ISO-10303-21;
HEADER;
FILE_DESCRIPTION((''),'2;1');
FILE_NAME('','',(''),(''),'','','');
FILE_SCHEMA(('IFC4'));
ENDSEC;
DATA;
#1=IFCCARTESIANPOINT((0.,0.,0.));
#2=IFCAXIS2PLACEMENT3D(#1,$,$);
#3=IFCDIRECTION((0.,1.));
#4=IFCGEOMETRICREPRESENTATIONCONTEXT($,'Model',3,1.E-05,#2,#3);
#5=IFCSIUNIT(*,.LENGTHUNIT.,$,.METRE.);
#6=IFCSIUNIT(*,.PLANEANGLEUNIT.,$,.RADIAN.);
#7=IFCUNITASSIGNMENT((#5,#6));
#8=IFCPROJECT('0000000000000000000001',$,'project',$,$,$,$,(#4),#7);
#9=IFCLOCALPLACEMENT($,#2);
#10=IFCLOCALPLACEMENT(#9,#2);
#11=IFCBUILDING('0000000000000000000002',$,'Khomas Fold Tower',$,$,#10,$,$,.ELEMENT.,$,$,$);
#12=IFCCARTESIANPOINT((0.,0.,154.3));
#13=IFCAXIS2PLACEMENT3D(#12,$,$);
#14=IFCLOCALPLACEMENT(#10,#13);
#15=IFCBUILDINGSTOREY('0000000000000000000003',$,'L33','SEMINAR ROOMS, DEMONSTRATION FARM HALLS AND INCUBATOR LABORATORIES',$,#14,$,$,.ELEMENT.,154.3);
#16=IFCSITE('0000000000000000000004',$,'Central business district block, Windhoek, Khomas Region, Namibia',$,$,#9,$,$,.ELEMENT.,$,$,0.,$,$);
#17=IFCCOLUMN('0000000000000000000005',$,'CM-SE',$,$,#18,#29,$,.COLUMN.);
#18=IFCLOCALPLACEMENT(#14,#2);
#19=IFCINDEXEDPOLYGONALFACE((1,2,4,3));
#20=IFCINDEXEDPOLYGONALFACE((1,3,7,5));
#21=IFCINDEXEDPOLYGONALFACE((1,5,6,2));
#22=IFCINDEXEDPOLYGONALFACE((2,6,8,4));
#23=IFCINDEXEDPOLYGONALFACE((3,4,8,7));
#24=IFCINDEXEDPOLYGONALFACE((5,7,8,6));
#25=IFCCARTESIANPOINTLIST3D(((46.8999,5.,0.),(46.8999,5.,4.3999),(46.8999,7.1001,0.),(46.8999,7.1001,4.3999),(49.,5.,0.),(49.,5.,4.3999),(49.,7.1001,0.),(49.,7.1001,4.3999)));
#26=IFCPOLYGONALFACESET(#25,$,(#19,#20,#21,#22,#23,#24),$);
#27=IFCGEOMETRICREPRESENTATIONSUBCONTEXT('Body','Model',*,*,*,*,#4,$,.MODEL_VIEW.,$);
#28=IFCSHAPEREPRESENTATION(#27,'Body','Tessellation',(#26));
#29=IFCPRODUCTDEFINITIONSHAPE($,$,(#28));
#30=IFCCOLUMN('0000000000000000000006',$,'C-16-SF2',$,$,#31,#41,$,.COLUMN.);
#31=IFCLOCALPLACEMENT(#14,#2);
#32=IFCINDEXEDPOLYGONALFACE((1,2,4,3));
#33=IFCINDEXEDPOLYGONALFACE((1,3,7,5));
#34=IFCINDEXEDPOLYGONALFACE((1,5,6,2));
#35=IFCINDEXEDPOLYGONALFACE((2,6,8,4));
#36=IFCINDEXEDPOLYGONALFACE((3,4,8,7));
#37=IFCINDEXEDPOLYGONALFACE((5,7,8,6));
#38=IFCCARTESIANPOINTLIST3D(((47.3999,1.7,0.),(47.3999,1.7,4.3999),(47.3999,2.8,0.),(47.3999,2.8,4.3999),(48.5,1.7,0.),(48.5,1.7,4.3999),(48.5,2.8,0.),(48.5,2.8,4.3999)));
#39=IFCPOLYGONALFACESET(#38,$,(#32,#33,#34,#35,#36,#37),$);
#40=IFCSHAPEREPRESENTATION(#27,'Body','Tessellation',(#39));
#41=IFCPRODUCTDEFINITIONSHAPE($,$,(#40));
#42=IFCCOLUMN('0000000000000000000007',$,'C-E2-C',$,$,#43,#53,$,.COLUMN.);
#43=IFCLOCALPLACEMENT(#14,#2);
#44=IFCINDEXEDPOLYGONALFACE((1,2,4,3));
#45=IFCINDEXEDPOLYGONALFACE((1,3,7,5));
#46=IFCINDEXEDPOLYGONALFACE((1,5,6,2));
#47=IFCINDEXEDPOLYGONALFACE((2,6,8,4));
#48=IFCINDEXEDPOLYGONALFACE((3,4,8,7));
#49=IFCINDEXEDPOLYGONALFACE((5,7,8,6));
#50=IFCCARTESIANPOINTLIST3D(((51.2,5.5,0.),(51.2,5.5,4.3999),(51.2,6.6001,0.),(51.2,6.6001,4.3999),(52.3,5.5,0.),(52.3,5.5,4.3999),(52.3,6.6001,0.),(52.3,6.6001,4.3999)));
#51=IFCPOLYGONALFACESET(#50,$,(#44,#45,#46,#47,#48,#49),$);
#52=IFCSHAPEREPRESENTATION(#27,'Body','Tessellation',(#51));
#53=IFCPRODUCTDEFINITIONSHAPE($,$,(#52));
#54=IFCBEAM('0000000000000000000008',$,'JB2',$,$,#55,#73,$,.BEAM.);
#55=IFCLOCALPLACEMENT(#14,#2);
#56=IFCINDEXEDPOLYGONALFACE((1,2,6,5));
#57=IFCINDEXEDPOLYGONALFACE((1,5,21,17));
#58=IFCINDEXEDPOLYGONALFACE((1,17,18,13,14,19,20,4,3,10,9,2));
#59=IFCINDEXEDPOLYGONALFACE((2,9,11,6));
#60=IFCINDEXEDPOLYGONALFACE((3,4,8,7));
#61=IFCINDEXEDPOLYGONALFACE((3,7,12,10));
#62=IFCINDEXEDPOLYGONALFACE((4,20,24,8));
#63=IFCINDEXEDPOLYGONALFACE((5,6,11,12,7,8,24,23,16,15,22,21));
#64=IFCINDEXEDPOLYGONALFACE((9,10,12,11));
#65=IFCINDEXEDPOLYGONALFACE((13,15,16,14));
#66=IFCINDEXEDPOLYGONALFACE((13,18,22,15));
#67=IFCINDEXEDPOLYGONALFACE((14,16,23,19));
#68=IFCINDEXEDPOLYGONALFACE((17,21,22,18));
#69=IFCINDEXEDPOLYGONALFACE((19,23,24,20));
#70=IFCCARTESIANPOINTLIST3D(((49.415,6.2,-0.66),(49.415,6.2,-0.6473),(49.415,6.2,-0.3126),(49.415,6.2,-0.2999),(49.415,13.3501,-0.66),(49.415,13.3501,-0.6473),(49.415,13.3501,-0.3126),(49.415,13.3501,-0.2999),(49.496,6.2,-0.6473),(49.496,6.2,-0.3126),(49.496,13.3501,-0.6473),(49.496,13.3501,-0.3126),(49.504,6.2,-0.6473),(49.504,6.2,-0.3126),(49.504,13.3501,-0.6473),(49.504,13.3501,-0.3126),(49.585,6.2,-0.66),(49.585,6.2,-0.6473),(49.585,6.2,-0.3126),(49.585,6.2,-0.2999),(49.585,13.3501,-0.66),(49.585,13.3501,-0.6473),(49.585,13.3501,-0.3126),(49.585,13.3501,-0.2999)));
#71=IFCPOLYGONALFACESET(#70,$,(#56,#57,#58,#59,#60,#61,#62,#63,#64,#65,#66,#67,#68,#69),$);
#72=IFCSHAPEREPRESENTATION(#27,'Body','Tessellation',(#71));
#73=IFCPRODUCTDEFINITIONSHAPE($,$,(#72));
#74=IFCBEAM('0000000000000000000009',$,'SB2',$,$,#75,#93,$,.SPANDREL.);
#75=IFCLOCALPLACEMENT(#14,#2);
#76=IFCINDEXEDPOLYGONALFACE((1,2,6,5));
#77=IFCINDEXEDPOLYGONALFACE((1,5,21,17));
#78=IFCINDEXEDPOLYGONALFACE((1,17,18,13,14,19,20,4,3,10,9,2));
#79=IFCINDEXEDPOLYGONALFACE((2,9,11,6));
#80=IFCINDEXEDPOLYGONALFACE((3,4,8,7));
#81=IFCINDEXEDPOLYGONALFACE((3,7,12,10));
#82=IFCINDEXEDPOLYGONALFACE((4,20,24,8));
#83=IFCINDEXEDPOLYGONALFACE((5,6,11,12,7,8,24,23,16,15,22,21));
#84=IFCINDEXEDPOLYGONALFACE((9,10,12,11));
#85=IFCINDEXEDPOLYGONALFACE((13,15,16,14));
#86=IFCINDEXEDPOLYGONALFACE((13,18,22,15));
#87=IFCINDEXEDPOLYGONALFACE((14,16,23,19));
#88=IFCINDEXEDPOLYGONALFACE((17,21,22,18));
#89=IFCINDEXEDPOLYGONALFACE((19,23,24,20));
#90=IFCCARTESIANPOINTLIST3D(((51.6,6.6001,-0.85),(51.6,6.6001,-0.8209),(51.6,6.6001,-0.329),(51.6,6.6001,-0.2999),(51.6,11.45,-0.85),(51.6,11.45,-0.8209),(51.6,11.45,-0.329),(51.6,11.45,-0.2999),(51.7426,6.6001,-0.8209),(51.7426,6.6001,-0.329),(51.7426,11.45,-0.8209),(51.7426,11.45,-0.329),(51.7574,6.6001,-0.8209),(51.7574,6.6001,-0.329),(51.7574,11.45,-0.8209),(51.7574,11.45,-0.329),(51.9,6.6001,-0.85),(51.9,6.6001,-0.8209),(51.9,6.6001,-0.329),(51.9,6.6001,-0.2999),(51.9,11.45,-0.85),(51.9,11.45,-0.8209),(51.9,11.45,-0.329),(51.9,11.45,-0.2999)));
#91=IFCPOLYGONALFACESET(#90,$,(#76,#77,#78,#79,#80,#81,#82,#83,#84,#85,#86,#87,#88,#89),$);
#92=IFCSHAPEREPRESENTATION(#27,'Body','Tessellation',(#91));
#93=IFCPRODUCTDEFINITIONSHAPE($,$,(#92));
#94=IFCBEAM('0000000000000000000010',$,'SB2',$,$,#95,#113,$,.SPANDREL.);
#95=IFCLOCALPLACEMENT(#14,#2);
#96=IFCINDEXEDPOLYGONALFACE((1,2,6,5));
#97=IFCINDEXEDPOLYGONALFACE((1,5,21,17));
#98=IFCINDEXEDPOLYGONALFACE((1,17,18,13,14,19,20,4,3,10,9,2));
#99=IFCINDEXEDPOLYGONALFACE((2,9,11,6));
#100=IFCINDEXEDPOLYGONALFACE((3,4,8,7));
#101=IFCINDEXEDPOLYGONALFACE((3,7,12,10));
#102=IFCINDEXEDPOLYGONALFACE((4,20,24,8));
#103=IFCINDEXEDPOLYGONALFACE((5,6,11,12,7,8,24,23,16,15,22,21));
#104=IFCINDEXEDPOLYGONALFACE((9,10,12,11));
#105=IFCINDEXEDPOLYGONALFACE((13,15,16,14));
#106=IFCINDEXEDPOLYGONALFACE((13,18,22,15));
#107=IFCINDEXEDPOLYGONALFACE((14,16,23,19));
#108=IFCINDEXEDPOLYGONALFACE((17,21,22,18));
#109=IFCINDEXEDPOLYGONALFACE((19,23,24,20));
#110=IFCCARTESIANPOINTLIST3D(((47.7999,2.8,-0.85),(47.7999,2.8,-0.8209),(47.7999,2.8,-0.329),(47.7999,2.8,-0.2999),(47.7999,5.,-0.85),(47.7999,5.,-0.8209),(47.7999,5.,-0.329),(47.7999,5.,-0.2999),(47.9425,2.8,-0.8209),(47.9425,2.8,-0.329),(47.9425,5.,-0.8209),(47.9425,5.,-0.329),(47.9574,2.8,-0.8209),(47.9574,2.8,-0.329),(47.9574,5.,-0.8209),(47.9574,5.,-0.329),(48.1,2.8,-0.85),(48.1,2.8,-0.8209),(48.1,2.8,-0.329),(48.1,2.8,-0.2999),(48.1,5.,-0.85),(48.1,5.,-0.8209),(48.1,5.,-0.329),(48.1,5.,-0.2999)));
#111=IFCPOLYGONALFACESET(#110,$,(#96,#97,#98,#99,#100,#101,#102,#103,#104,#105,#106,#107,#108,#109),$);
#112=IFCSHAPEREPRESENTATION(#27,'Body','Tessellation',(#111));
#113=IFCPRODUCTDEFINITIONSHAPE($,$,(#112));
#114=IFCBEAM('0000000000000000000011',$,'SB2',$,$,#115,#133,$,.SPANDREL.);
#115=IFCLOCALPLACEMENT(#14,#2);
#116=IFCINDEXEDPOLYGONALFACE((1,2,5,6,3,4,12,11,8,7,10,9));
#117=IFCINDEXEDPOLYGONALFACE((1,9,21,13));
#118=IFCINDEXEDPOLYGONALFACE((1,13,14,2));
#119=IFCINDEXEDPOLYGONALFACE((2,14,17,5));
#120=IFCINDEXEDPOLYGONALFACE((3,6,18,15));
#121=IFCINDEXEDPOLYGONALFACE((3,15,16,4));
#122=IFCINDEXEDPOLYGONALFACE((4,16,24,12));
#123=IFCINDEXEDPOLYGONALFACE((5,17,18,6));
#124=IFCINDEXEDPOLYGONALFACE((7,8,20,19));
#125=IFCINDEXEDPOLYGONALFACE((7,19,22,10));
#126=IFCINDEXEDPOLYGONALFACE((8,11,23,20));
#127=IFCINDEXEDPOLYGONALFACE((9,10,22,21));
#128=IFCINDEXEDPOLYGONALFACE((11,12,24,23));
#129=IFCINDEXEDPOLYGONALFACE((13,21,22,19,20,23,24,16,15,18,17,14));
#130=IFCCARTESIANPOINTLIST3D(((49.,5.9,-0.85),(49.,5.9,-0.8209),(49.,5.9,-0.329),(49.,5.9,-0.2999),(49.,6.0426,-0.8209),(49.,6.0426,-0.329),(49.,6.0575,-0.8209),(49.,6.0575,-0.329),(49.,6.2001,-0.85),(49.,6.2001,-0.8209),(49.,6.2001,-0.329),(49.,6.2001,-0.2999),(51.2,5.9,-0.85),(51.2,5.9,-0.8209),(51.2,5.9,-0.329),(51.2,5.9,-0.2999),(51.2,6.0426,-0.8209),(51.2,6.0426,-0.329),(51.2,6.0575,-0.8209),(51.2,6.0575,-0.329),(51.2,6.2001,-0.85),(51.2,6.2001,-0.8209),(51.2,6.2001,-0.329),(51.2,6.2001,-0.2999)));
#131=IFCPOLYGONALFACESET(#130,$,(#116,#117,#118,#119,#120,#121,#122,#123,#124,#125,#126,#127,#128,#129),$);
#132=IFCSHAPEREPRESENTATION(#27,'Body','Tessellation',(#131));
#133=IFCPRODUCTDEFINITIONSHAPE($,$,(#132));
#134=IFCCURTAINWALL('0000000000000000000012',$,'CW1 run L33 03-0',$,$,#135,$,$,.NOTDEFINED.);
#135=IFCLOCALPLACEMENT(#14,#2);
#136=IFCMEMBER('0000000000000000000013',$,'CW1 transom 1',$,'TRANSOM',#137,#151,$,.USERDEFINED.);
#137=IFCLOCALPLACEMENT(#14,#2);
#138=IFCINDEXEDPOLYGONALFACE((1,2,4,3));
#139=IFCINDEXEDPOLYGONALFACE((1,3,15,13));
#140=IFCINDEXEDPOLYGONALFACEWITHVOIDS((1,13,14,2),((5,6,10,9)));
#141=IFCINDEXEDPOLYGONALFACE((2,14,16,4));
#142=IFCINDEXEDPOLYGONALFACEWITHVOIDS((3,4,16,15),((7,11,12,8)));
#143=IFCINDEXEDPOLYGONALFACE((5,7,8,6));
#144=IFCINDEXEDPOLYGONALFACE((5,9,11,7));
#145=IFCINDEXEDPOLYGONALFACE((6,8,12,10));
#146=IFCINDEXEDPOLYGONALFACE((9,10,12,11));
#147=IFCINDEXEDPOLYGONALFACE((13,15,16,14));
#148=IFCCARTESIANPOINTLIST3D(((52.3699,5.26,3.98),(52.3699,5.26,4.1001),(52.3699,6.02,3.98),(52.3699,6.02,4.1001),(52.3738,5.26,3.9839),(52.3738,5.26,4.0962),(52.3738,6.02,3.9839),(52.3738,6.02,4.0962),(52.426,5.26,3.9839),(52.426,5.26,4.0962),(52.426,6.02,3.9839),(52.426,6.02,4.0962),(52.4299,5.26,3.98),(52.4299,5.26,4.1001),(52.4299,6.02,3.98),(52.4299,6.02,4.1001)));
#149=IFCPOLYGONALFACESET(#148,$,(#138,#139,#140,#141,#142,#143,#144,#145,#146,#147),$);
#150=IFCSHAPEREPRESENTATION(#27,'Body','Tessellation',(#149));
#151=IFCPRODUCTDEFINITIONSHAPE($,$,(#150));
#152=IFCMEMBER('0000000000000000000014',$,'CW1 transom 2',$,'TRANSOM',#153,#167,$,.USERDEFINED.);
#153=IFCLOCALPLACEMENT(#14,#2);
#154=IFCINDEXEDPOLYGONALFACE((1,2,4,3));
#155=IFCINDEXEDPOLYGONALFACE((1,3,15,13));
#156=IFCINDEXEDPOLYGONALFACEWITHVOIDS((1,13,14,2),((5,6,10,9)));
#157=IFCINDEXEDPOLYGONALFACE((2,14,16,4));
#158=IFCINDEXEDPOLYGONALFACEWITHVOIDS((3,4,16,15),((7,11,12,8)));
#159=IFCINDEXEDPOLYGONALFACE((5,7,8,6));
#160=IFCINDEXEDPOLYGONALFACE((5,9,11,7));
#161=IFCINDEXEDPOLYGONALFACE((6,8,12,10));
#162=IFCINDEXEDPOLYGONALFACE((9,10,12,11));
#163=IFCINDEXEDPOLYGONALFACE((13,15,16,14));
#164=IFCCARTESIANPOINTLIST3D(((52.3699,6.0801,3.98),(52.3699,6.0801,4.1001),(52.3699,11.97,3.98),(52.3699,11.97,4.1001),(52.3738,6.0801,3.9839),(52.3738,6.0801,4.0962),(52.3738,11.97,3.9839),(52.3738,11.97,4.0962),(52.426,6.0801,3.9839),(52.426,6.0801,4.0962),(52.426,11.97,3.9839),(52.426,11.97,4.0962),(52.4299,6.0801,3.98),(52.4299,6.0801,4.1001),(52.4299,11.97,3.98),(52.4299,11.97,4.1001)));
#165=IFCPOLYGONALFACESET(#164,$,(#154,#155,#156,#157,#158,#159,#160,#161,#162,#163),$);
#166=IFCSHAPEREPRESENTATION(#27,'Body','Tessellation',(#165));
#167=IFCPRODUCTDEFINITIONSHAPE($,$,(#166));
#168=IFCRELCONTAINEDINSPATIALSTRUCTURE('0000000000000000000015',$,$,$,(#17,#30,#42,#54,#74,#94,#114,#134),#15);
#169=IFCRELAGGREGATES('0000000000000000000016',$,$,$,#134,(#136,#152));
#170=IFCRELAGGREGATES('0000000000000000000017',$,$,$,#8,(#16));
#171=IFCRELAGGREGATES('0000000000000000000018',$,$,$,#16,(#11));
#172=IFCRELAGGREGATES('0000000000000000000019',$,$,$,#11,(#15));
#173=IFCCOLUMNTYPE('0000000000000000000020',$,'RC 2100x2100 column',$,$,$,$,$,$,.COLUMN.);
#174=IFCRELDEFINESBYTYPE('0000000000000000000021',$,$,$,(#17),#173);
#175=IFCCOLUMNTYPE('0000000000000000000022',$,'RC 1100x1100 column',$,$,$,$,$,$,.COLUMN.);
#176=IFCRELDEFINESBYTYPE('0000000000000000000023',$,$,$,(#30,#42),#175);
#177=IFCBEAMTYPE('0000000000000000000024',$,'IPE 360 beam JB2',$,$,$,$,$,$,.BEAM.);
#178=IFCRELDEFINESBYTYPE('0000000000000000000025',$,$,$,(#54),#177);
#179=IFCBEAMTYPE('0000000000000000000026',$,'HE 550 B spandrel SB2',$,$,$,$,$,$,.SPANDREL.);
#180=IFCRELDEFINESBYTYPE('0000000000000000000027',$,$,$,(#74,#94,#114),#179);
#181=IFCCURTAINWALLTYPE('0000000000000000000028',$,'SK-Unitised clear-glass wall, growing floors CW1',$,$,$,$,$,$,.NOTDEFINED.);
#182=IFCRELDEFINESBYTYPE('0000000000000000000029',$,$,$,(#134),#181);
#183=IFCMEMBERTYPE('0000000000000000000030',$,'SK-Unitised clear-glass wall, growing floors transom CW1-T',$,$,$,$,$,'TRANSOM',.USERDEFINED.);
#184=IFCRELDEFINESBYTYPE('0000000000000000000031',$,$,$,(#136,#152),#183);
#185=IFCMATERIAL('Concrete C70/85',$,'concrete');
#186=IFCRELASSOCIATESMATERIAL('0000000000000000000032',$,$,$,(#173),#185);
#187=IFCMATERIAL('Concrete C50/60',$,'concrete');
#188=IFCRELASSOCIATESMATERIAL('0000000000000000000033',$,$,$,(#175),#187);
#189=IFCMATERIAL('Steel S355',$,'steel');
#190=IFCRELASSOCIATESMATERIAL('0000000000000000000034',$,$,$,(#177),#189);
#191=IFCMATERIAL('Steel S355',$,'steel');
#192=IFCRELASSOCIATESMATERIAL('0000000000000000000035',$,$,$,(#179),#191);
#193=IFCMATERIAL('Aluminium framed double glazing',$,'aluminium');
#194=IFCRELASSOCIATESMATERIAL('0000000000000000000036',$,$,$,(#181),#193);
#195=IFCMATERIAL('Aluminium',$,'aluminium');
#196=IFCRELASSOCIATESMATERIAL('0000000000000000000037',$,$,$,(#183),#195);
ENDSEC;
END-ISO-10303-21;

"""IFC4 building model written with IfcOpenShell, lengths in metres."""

from ifc_helpers import new_model, si_unit, direction, frame, origin, origin_2d, place, context, subcontext, project, spatial, rectangle, hollow_rectangle, i_section, extrude, source, transform, mapped, material, material_profile, profile_set, type_object, element, aggregate, save


model = new_model("IFC4")

# Units and contexts
model_context = context("Model", 3, precision=1e-05, world=origin(), true_north=direction((0.0, 1.0)))
body_context = subcontext(model_context, "Body", "Model", "MODEL_VIEW")
ifc_project = project(units=[si_unit("LENGTHUNIT", "METRE"), si_unit("PLANEANGLEUNIT", "RADIAN")], contexts=[model_context])

# Site, building, storey
site_placement = place(None, origin())
site = spatial("IfcSite", under=ifc_project, at=site_placement, Name="Central business district block, Windhoek, Khomas Region, Namibia", CompositionType="ELEMENT", RefElevation=0.0)
building_placement = place(site_placement, origin())
building = spatial("IfcBuilding", under=site, at=building_placement, Name="Khomas Fold Tower", CompositionType="ELEMENT")
storey_placement = place(building_placement, frame((0.0, 0.0, 154.3)))
storey = spatial("IfcBuildingStorey", under=building, at=storey_placement, Name="L33", Description="SEMINAR ROOMS, DEMONSTRATION FARM HALLS AND INCUBATOR LABORATORIES", CompositionType="ELEMENT", Elevation=154.3)

# Columns
ifc_material_1 = material(Name="Concrete C70/85", Category="concrete")
ifc_material_profile_1 = material_profile(ifc_material_1, rectangle(XDim=2.1001, YDim=2.1001, at=origin_2d()), Name="RC 2100x2100")
ifc_profile_set_1 = profile_set([ifc_material_profile_1], Name="Concrete C70/85")
column_type_1 = type_object("IfcColumnType", Name="RC 2100x2100 column", PredefinedType="COLUMN", material=ifc_profile_set_1)
shared_shape_1 = source(origin(), body_context, "Body", "SweptSolid", [
    extrude(rectangle(XDim=2.1001, YDim=2.1001, at=origin_2d()), origin(), (0.0, 0.0, 1.0), 4.3999),
])
column_placement = place(storey_placement, frame((47.95, 6.05, 0.0), z_axis=(0.0, 0.0, 1.0), x_axis=(1.0, 0.0, 0.0)))
element("IfcColumn", 1, at=column_placement, inside=storey, type_object=column_type_1, Name="CM-SE", PredefinedType="COLUMN", context=body_context, shape_type="MappedRepresentation", body=[
    mapped(shared_shape_1, transform((0.0, 0.0, 0.0))),
])
ifc_material_2 = material(Name="Concrete C50/60", Category="concrete")
ifc_material_profile_2 = material_profile(ifc_material_2, rectangle(XDim=1.1001, YDim=1.1001, at=origin_2d()), Name="RC 1100x1100")
ifc_profile_set_2 = profile_set([ifc_material_profile_2], Name="Concrete C50/60")
column_type_2 = type_object("IfcColumnType", Name="RC 1100x1100 column", PredefinedType="COLUMN", material=ifc_profile_set_2)
shared_shape_2 = source(origin(), body_context, "Body", "SweptSolid", [
    extrude(rectangle(XDim=1.1001, YDim=1.1001, at=origin_2d()), origin(), (0.0, 0.0, 1.0), 4.3999),
])
for number, where, z_axis, x_axis, name in (
    (2, (47.95, 2.25, 0.0), (0.0, 0.0, 1.0), (1.0, 0.0, 0.0), "C-16-SF2"),
    (3, (51.75, 6.05, 0.0), (0.0, 0.0, 1.0), (1.0, 0.0, 0.0), "C-E2-C"),
):
    element("IfcColumn", number, at=place(storey_placement, frame(where, z_axis=z_axis, x_axis=x_axis)), inside=storey, type_object=column_type_2, Name=name, PredefinedType="COLUMN", context=body_context, shape_type="MappedRepresentation", body=[
        mapped(shared_shape_2, transform((0.0, 0.0, 0.0))),
    ])

# Beams
ifc_material_3 = material(Name="Steel S355", Category="steel")
ifc_material_profile_3 = material_profile(ifc_material_3, i_section(OverallWidth=0.1699, OverallDepth=0.3601, WebThickness=0.0081, FlangeThickness=0.0127, at=origin_2d()), Name="IPE 360")
ifc_profile_set_3 = profile_set([ifc_material_profile_3], Name="Steel S355")
beam_type_1 = type_object("IfcBeamType", Name="IPE 360 beam JB2", PredefinedType="BEAM", material=ifc_profile_set_3)
shared_shape_3 = source(origin(), body_context, "Body", "SweptSolid", [
    extrude(i_section(OverallWidth=0.1699, OverallDepth=0.3601, WebThickness=0.0081, FlangeThickness=0.0127, at=origin_2d()), origin(), (0.0, 0.0, 1.0), 7.1501),
])
beam_1_placement = place(storey_placement, frame((49.5, 6.2, -0.48), z_axis=(0.0, 1.0, 0.0), x_axis=(-1.0, 0.0, 0.0)))
element("IfcBeam", 4, at=beam_1_placement, inside=storey, type_object=beam_type_1, Name="JB2", PredefinedType="BEAM", context=body_context, shape_type="MappedRepresentation", body=[
    mapped(shared_shape_3, transform((0.0, 0.0, 0.0))),
])
ifc_material_4 = material(Name="Steel S355", Category="steel")
ifc_material_profile_4 = material_profile(ifc_material_4, i_section(OverallWidth=0.3, OverallDepth=0.55, WebThickness=0.0149, FlangeThickness=0.0291, at=origin_2d()), Name="HE 550 B")
ifc_profile_set_4 = profile_set([ifc_material_profile_4], Name="Steel S355")
beam_type_2 = type_object("IfcBeamType", Name="HE 550 B spandrel SB2", PredefinedType="SPANDREL", material=ifc_profile_set_4)
shared_shape_4 = source(origin(), body_context, "Body", "SweptSolid", [
    extrude(i_section(OverallWidth=0.3, OverallDepth=0.55, WebThickness=0.0149, FlangeThickness=0.0291, at=origin_2d()), origin(), (0.0, 0.0, 1.0), 4.8499),
])
beam_2_placement = place(storey_placement, frame((51.75, 6.6001, -0.575), z_axis=(0.0, 1.0, 0.0), x_axis=(-1.0, 0.0, 0.0)))
element("IfcBeam", 5, at=beam_2_placement, inside=storey, type_object=beam_type_2, Name="SB2", PredefinedType="SPANDREL", context=body_context, shape_type="MappedRepresentation", body=[
    mapped(shared_shape_4, transform((0.0, 0.0, 0.0))),
])
shared_shape_5 = source(origin(), body_context, "Body", "SweptSolid", [
    extrude(i_section(OverallWidth=0.3, OverallDepth=0.55, WebThickness=0.0149, FlangeThickness=0.0291, at=origin_2d()), origin(), (0.0, 0.0, 1.0), 2.2),
])
for number, where, z_axis, x_axis, name in (
    (6, (47.95, 2.8, -0.575), (0.0, 1.0, 0.0), (-1.0, 0.0, 0.0), "SB2"),
    (7, (49.0, 6.05, -0.575), (1.0, 0.0, 0.0), (0.0, 1.0, 0.0), "SB2"),
):
    element("IfcBeam", number, at=place(storey_placement, frame(where, z_axis=z_axis, x_axis=x_axis)), inside=storey, type_object=beam_type_2, Name=name, PredefinedType="SPANDREL", context=body_context, shape_type="MappedRepresentation", body=[
        mapped(shared_shape_5, transform((0.0, 0.0, 0.0))),
    ])

# Curtain wall, members
ifc_material_5 = material(Name="Aluminium framed double glazing", Category="aluminium")
curtain_wall_type = type_object("IfcCurtainWallType", Name="SK-Unitised clear-glass wall, growing floors CW1", PredefinedType="NOTDEFINED", material=ifc_material_5)
curtain_wall_1_placement = place(storey_placement, origin())
curtain_wall_1 = element("IfcCurtainWall", 8, at=curtain_wall_1_placement, inside=storey, type_object=curtain_wall_type, Name="CW1 run L33 03-0", PredefinedType="NOTDEFINED")
ifc_material_6 = material(Name="Aluminium", Category="aluminium")
ifc_material_profile_5 = material_profile(ifc_material_6, hollow_rectangle(XDim=0.0601, YDim=0.1201, WallThickness=0.0039, at=origin_2d()), Name="SK-Unitised clear-glass wall, growing floors transom CW1-T")
ifc_profile_set_5 = profile_set([ifc_material_profile_5], Name="Aluminium")
member_type_1 = type_object("IfcMemberType", Name="SK-Unitised clear-glass wall, growing floors transom CW1-T", ElementType="TRANSOM", PredefinedType="USERDEFINED", material=ifc_profile_set_5)
shared_shape_6 = source(origin(), body_context, "Body", "SweptSolid", [
    extrude(hollow_rectangle(XDim=0.0601, YDim=0.1201, WallThickness=0.0039, at=origin_2d()), origin(), (0.0, 0.0, 1.0), 0.76),
])
member_1_placement = place(storey_placement, frame((52.3999, 5.26, 4.04), z_axis=(0.0, 1.0, 0.0), x_axis=(-1.0, 0.0, 0.0)))
member_1 = element("IfcMember", 9, at=member_1_placement, type_object=member_type_1, Name="CW1 transom 1", ObjectType="TRANSOM", PredefinedType="USERDEFINED", context=body_context, shape_type="MappedRepresentation", body=[
    mapped(shared_shape_6, transform((0.0, 0.0, 0.0))),
])
shared_shape_7 = source(origin(), body_context, "Body", "SweptSolid", [
    extrude(hollow_rectangle(XDim=0.0601, YDim=0.1201, WallThickness=0.0039, at=origin_2d()), origin(), (0.0, 0.0, 1.0), 5.8899),
])
member_2_placement = place(storey_placement, frame((52.3999, 6.0801, 4.04), z_axis=(0.0, 1.0, 0.0), x_axis=(-1.0, 0.0, 0.0)))
member_2 = element("IfcMember", 10, at=member_2_placement, type_object=member_type_1, Name="CW1 transom 2", ObjectType="TRANSOM", PredefinedType="USERDEFINED", context=body_context, shape_type="MappedRepresentation", body=[
    mapped(shared_shape_7, transform((0.0, 0.0, 0.0))),
])

aggregate(curtain_wall_1, [member_1, member_2])

save(model, "model.ifc")
